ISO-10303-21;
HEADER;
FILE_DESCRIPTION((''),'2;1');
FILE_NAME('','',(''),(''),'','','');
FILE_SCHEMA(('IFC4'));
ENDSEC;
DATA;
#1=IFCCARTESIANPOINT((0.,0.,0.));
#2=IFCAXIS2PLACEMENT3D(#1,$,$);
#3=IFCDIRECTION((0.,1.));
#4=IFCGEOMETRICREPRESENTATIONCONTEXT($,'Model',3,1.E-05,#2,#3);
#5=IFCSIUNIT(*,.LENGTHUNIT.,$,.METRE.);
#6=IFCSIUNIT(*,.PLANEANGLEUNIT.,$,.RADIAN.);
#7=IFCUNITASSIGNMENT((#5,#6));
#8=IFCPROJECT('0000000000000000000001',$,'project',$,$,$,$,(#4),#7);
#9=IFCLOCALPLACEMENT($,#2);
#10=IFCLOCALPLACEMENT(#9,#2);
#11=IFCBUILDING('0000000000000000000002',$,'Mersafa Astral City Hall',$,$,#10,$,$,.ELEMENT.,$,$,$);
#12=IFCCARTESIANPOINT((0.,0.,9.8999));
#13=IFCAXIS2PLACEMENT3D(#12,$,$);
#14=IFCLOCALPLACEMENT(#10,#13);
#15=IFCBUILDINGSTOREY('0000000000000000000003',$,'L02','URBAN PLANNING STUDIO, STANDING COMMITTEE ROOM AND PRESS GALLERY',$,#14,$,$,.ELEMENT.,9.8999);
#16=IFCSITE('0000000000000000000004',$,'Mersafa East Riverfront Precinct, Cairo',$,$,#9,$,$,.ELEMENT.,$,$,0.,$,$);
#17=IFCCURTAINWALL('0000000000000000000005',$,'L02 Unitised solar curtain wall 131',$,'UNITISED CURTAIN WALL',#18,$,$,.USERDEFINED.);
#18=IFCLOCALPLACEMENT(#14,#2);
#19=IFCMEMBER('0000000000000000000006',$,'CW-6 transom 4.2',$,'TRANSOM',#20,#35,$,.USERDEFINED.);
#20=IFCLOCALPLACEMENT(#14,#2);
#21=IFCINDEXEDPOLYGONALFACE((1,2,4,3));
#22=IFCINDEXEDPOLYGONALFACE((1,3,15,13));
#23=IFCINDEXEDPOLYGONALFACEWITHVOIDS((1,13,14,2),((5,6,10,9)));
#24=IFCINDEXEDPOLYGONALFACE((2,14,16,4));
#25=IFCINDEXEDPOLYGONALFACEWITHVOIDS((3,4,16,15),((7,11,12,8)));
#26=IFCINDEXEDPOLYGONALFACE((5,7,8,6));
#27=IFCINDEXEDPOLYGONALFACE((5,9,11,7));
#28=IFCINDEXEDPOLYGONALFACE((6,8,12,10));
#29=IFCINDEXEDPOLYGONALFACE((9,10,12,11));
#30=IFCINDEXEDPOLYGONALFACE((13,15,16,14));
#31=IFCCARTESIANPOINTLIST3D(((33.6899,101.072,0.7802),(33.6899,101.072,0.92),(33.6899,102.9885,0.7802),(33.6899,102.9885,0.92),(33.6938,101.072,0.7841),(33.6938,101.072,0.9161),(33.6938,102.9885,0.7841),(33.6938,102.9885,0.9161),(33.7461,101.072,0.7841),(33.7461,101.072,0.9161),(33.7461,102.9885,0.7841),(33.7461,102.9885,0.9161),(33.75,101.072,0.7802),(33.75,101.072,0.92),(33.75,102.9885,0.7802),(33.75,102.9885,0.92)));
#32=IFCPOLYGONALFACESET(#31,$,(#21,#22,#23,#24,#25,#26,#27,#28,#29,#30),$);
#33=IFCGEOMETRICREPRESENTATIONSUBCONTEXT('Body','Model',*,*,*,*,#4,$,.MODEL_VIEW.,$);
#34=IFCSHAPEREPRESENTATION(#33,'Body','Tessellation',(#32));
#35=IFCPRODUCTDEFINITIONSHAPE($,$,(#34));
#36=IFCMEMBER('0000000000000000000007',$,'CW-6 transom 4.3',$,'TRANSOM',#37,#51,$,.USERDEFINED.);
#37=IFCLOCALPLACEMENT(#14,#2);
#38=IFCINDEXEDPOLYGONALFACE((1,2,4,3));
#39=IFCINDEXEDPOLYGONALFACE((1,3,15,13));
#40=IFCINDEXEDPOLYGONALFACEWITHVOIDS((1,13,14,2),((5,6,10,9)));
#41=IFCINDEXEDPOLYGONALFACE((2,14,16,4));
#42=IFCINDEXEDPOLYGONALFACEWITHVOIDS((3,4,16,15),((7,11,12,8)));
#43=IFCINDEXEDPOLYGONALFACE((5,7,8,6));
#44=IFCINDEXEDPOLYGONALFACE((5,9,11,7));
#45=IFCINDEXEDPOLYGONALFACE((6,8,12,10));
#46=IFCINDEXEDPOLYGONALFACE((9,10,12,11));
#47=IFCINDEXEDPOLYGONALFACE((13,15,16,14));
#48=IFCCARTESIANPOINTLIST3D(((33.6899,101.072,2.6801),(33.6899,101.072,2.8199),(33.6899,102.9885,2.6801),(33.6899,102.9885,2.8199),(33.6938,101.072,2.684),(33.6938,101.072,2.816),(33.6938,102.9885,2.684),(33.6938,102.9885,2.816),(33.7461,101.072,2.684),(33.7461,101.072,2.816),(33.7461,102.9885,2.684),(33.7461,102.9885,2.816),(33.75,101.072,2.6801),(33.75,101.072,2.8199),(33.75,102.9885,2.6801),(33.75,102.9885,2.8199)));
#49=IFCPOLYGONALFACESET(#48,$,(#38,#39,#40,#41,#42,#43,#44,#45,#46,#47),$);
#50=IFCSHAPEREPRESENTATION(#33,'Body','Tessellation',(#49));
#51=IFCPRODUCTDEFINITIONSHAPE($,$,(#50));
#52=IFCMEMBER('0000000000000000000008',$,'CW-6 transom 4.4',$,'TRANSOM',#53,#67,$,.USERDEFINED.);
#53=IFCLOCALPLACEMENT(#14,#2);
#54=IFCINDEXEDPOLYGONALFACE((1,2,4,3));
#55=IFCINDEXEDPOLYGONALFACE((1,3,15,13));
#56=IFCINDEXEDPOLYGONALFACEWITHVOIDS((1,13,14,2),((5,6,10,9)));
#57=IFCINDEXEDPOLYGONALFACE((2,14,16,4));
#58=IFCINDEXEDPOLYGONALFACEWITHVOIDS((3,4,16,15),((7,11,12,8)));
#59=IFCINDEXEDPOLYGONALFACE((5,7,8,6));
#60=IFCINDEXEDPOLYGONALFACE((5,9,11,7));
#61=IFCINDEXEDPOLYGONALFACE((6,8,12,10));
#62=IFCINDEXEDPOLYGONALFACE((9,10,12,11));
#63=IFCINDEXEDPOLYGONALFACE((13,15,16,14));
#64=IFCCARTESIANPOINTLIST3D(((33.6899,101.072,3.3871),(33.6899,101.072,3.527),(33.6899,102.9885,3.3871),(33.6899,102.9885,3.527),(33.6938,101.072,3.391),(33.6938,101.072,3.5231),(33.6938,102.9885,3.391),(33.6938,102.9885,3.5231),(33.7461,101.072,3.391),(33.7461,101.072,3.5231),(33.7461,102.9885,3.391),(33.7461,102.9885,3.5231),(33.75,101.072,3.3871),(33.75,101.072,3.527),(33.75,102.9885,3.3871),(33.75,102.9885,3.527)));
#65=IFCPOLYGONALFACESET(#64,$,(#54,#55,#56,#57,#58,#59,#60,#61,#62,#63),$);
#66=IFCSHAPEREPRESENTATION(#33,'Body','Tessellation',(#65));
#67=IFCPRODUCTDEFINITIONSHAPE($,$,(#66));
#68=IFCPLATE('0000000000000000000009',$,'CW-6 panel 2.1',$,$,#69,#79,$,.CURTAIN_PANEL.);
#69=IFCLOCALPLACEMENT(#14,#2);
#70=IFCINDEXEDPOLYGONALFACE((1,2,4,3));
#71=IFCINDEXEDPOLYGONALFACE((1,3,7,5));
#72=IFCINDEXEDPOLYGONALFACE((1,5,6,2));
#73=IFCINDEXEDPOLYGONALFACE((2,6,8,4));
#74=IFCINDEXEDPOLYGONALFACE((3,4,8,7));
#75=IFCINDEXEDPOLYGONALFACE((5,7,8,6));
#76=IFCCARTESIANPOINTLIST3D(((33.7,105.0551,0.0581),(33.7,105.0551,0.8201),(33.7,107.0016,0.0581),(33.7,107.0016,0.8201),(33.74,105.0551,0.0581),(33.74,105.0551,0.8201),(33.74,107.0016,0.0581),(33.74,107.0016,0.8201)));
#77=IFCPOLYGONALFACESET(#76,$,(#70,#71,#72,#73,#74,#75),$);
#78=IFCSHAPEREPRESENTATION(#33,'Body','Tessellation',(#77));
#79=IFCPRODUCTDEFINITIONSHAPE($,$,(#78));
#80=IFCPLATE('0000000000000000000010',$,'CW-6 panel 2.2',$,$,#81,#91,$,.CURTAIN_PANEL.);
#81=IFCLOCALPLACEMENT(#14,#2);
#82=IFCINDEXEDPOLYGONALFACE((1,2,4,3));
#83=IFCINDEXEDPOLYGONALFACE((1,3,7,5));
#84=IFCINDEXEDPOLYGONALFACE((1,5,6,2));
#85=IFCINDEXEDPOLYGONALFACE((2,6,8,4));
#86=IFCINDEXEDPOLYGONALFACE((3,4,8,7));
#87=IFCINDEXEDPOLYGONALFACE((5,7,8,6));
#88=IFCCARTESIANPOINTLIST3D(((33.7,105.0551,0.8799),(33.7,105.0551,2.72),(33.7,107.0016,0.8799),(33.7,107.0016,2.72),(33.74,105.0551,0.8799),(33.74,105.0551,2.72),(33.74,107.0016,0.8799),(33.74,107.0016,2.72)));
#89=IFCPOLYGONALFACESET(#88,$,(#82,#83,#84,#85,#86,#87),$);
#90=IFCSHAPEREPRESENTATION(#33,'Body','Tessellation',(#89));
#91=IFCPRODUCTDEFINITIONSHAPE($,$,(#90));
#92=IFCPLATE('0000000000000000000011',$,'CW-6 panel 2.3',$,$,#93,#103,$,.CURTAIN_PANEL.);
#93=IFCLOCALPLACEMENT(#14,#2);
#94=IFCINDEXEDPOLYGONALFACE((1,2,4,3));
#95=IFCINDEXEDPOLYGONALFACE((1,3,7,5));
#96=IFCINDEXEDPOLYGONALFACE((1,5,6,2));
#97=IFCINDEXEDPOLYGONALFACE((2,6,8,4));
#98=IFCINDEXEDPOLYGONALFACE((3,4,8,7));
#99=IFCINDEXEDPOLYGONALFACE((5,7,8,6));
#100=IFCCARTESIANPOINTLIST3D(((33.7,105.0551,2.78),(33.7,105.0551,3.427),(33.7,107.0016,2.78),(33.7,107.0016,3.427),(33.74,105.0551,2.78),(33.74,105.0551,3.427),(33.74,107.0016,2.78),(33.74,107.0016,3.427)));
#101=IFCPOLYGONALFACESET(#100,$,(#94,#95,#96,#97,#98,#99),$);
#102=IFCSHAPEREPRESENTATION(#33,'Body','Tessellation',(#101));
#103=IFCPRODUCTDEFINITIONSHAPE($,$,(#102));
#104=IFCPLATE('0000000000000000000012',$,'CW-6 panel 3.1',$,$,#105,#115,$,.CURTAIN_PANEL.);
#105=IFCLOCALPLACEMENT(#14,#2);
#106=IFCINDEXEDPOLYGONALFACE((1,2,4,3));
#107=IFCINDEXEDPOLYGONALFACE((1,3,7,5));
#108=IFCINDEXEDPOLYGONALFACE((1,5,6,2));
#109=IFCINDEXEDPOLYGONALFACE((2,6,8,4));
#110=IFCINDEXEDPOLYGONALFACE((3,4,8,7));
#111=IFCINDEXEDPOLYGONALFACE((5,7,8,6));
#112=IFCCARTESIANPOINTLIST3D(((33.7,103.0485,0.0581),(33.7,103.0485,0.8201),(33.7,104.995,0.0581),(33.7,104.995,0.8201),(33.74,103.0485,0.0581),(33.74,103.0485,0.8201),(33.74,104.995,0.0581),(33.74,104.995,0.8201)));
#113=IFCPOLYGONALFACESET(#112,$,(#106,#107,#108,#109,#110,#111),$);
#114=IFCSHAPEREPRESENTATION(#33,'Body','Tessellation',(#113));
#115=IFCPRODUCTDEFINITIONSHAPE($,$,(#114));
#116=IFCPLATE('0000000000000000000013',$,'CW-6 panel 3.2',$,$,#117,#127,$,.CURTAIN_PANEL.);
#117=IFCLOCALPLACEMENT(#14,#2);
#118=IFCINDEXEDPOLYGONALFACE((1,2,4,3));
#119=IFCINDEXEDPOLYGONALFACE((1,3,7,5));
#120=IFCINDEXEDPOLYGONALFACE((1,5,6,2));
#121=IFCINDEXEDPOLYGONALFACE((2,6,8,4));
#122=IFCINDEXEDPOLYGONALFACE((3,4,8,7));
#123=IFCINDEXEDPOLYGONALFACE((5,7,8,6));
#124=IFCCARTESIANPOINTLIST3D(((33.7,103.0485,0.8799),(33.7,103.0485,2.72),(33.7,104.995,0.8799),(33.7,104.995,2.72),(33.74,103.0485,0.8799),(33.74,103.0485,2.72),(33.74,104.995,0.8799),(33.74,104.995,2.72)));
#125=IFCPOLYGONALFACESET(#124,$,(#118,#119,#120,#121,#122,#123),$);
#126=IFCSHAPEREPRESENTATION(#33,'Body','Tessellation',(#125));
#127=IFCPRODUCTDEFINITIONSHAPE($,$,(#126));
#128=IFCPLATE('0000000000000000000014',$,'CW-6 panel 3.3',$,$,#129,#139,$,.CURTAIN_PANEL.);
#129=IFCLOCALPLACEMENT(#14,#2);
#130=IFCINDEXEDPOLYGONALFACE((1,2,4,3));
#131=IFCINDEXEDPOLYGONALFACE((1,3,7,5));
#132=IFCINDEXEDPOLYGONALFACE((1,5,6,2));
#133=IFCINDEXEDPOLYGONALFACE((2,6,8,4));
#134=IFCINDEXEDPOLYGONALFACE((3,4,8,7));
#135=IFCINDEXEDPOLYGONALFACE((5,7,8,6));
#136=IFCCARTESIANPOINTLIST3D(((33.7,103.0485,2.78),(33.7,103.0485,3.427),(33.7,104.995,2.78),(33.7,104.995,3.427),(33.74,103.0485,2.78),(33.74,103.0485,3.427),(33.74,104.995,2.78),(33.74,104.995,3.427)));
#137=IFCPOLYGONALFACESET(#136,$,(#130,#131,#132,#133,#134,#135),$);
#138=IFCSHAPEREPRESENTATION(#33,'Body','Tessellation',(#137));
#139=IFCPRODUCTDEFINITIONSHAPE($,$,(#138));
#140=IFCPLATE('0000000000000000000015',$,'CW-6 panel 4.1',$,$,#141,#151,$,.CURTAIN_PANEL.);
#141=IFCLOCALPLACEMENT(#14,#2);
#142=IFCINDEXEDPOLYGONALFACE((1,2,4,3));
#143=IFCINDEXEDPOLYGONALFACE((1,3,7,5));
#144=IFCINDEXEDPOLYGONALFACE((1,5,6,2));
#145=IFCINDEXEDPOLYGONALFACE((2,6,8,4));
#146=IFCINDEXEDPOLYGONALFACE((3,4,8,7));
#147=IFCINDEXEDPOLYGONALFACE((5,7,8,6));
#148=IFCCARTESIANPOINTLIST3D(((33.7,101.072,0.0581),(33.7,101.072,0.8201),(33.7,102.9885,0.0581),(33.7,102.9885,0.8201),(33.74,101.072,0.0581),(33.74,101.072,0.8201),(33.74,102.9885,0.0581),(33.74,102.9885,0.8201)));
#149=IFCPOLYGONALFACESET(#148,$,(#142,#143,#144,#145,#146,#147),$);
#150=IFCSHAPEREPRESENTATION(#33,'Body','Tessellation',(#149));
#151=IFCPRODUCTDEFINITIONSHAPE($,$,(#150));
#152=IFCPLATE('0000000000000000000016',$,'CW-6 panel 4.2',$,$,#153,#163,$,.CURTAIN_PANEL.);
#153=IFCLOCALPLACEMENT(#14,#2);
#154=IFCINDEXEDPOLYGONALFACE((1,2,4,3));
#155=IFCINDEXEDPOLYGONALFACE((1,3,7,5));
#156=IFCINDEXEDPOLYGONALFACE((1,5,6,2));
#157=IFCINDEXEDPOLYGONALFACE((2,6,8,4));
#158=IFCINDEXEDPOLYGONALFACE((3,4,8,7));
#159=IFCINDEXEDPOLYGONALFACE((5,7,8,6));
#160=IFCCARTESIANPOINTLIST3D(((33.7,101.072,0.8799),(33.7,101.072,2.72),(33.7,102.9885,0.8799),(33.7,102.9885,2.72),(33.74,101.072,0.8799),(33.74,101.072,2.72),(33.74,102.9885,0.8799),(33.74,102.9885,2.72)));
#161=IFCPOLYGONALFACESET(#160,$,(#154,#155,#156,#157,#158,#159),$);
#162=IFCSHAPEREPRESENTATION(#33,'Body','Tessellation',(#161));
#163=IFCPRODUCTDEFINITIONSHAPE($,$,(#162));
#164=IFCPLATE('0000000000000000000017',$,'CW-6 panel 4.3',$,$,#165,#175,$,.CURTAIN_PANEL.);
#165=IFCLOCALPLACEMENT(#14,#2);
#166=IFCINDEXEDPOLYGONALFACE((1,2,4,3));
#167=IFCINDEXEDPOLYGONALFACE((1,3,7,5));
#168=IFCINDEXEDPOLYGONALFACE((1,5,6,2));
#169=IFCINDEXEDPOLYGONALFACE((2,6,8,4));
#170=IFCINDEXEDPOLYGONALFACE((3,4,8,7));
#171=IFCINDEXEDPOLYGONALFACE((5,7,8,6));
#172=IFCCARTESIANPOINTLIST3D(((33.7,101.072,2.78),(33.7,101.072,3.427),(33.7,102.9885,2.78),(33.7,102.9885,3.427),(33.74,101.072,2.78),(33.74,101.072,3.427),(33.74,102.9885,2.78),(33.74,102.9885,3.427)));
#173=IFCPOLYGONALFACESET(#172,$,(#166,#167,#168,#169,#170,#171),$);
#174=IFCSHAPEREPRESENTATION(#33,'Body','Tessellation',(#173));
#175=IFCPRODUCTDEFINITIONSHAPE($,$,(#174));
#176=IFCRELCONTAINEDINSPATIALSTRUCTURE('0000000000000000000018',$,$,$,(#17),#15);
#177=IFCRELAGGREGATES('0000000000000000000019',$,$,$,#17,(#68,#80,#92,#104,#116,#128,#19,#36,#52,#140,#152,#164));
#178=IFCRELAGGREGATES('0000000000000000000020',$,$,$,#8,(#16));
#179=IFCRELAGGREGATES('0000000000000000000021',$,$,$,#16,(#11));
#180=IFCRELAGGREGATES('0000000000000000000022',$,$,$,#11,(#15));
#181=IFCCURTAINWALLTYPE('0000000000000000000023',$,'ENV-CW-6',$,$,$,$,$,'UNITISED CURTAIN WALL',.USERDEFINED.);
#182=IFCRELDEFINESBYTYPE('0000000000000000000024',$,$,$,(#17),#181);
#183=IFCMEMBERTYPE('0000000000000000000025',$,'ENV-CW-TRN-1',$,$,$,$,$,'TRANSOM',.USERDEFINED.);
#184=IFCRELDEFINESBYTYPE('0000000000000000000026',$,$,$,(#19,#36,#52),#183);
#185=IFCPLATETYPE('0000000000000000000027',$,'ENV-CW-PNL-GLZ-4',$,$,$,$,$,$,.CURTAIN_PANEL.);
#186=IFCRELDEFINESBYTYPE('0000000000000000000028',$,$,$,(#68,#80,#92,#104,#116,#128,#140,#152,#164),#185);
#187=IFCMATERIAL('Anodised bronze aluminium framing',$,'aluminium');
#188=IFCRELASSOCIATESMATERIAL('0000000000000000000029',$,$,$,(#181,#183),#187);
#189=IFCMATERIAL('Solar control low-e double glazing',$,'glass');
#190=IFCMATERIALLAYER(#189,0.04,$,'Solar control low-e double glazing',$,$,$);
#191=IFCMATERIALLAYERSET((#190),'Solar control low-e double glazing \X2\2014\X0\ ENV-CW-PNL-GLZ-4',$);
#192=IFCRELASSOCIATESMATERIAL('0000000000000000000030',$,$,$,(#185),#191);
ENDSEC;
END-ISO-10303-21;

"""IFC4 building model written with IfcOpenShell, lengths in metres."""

from ifc_helpers import new_model, si_unit, direction, frame, origin, origin_2d, place, context, subcontext, project, spatial, rectangle, hollow_rectangle, extrude, material, layer, layer_set, material_profile, profile_set, type_object, element, aggregate, save


model = new_model("IFC4")

# Units and contexts
model_context = context("Model", 3, precision=1e-05, world=origin(), true_north=direction((0.0, 1.0)))
body_context = subcontext(model_context, "Body", "Model", "MODEL_VIEW")
ifc_project = project(units=[si_unit("LENGTHUNIT", "METRE"), si_unit("PLANEANGLEUNIT", "RADIAN")], contexts=[model_context])

# Site, building, storey
site_placement = place(None, origin())
site = spatial("IfcSite", under=ifc_project, at=site_placement, Name="Mersafa East Riverfront Precinct, Cairo", CompositionType="ELEMENT", RefElevation=0.0)
building_placement = place(site_placement, origin())
building = spatial("IfcBuilding", under=site, at=building_placement, Name="Mersafa Astral City Hall", CompositionType="ELEMENT")
storey_placement = place(building_placement, frame((0.0, 0.0, 9.8999)))
storey = spatial("IfcBuildingStorey", under=building, at=storey_placement, Name="L02", Description="URBAN PLANNING STUDIO, STANDING COMMITTEE ROOM AND PRESS GALLERY", CompositionType="ELEMENT", Elevation=9.8999)

# Curtain wall, members, plates
ifc_material_1 = material(Name="Anodised bronze aluminium framing", Category="aluminium")
curtain_wall_type = type_object("IfcCurtainWallType", Name="ENV-CW-6", ElementType="UNITISED CURTAIN WALL", PredefinedType="USERDEFINED", material=ifc_material_1)
curtain_wall_placement = place(storey_placement, origin())
curtain_wall = element("IfcCurtainWall", 1, at=curtain_wall_placement, inside=storey, type_object=curtain_wall_type, Name="L02 Unitised solar curtain wall 131", ObjectType="UNITISED CURTAIN WALL", PredefinedType="USERDEFINED")
ifc_material_profile_1 = material_profile(ifc_material_1, hollow_rectangle(XDim=0.0601, YDim=0.1399, WallThickness=0.0039, at=origin_2d()), Name="RHS 60x140x4")
ifc_profile_set_1 = profile_set([ifc_material_profile_1], Name="Anodised bronze aluminium framing")
member_type_1 = type_object("IfcMemberType", Name="ENV-CW-TRN-1", ElementType="TRANSOM", PredefinedType="USERDEFINED", material=ifc_profile_set_1)
member_1_placement = place(storey_placement, frame((33.72, 102.9885, 0.8501), z_axis=(0.0, -1.0, 0.0), x_axis=(1.0, 0.0, 0.0)))
member_1 = element("IfcMember", 2, at=member_1_placement, type_object=member_type_1, Name="CW-6 transom 4.2", ObjectType="TRANSOM", PredefinedType="USERDEFINED", context=body_context, shape_type="SweptSolid", body=[
    extrude(hollow_rectangle(XDim=0.0601, YDim=0.1399, WallThickness=0.0039, at=origin_2d()), origin(), (0.0, 0.0, 1.0), 1.9165),
])
member_2_placement = place(storey_placement, frame((33.72, 102.9885, 2.75), z_axis=(0.0, -1.0, 0.0), x_axis=(1.0, 0.0, 0.0)))
member_2 = element("IfcMember", 3, at=member_2_placement, type_object=member_type_1, Name="CW-6 transom 4.3", ObjectType="TRANSOM", PredefinedType="USERDEFINED", context=body_context, shape_type="SweptSolid", body=[
    extrude(hollow_rectangle(XDim=0.0601, YDim=0.1399, WallThickness=0.0039, at=origin_2d()), origin(), (0.0, 0.0, 1.0), 1.9165),
])
member_3_placement = place(storey_placement, frame((33.72, 102.9885, 3.457), z_axis=(0.0, -1.0, 0.0), x_axis=(1.0, 0.0, 0.0)))
member_3 = element("IfcMember", 4, at=member_3_placement, type_object=member_type_1, Name="CW-6 transom 4.4", ObjectType="TRANSOM", PredefinedType="USERDEFINED", context=body_context, shape_type="SweptSolid", body=[
    extrude(hollow_rectangle(XDim=0.0601, YDim=0.1399, WallThickness=0.0039, at=origin_2d()), origin(), (0.0, 0.0, 1.0), 1.9165),
])
ifc_material_2 = material(Name="Solar control low-e double glazing", Category="glass")
ifc_layer = layer(ifc_material_2, 0.04, Name="Solar control low-e double glazing")
ifc_layer_set = layer_set([ifc_layer], Name="Solar control low-e double glazing — ENV-CW-PNL-GLZ-4")
plate_type = type_object("IfcPlateType", Name="ENV-CW-PNL-GLZ-4", PredefinedType="CURTAIN_PANEL", material=ifc_layer_set)
plate_1_placement = place(storey_placement, frame((33.72, 106.0283, 0.0581), z_axis=(0.0, 0.0, 1.0), x_axis=(0.0, -1.0, 0.0)))
plate_1 = element("IfcPlate", 5, at=plate_1_placement, type_object=plate_type, Name="CW-6 panel 2.1", PredefinedType="CURTAIN_PANEL", context=body_context, shape_type="SweptSolid", body=[
    extrude(rectangle(XDim=1.9465, YDim=0.04, at=origin_2d()), origin(), (0.0, 0.0, 1.0), 0.762),
])
plate_2_placement = place(storey_placement, frame((33.72, 106.0283, 0.8799), z_axis=(0.0, 0.0, 1.0), x_axis=(0.0, -1.0, 0.0)))
plate_2 = element("IfcPlate", 6, at=plate_2_placement, type_object=plate_type, Name="CW-6 panel 2.2", PredefinedType="CURTAIN_PANEL", context=body_context, shape_type="SweptSolid", body=[
    extrude(rectangle(XDim=1.9465, YDim=0.04, at=origin_2d()), origin(), (0.0, 0.0, 1.0), 1.8401),
])
plate_3_placement = place(storey_placement, frame((33.72, 106.0283, 2.78), z_axis=(0.0, 0.0, 1.0), x_axis=(0.0, -1.0, 0.0)))
plate_3 = element("IfcPlate", 7, at=plate_3_placement, type_object=plate_type, Name="CW-6 panel 2.3", PredefinedType="CURTAIN_PANEL", context=body_context, shape_type="SweptSolid", body=[
    extrude(rectangle(XDim=1.9465, YDim=0.04, at=origin_2d()), origin(), (0.0, 0.0, 1.0), 0.647),
])
plate_4_placement = place(storey_placement, frame((33.72, 104.0217, 0.0581), z_axis=(0.0, 0.0, 1.0), x_axis=(0.0, -1.0, 0.0)))
plate_4 = element("IfcPlate", 8, at=plate_4_placement, type_object=plate_type, Name="CW-6 panel 3.1", PredefinedType="CURTAIN_PANEL", context=body_context, shape_type="SweptSolid", body=[
    extrude(rectangle(XDim=1.9465, YDim=0.04, at=origin_2d()), origin(), (0.0, 0.0, 1.0), 0.762),
])
plate_5_placement = place(storey_placement, frame((33.72, 104.0217, 0.8799), z_axis=(0.0, 0.0, 1.0), x_axis=(0.0, -1.0, 0.0)))
plate_5 = element("IfcPlate", 9, at=plate_5_placement, type_object=plate_type, Name="CW-6 panel 3.2", PredefinedType="CURTAIN_PANEL", context=body_context, shape_type="SweptSolid", body=[
    extrude(rectangle(XDim=1.9465, YDim=0.04, at=origin_2d()), origin(), (0.0, 0.0, 1.0), 1.8401),
])
plate_6_placement = place(storey_placement, frame((33.72, 104.0217, 2.78), z_axis=(0.0, 0.0, 1.0), x_axis=(0.0, -1.0, 0.0)))
plate_6 = element("IfcPlate", 10, at=plate_6_placement, type_object=plate_type, Name="CW-6 panel 3.3", PredefinedType="CURTAIN_PANEL", context=body_context, shape_type="SweptSolid", body=[
    extrude(rectangle(XDim=1.9465, YDim=0.04, at=origin_2d()), origin(), (0.0, 0.0, 1.0), 0.647),
])
plate_7_placement = place(storey_placement, frame((33.72, 102.0303, 0.0581), z_axis=(0.0, 0.0, 1.0), x_axis=(0.0, -1.0, 0.0)))
plate_7 = element("IfcPlate", 11, at=plate_7_placement, type_object=plate_type, Name="CW-6 panel 4.1", PredefinedType="CURTAIN_PANEL", context=body_context, shape_type="SweptSolid", body=[
    extrude(rectangle(XDim=1.9165, YDim=0.04, at=origin_2d()), origin(), (0.0, 0.0, 1.0), 0.762),
])
plate_8_placement = place(storey_placement, frame((33.72, 102.0303, 0.8799), z_axis=(0.0, 0.0, 1.0), x_axis=(0.0, -1.0, 0.0)))
plate_8 = element("IfcPlate", 12, at=plate_8_placement, type_object=plate_type, Name="CW-6 panel 4.2", PredefinedType="CURTAIN_PANEL", context=body_context, shape_type="SweptSolid", body=[
    extrude(rectangle(XDim=1.9165, YDim=0.04, at=origin_2d()), origin(), (0.0, 0.0, 1.0), 1.8401),
])
plate_9_placement = place(storey_placement, frame((33.72, 102.0303, 2.78), z_axis=(0.0, 0.0, 1.0), x_axis=(0.0, -1.0, 0.0)))
plate_9 = element("IfcPlate", 13, at=plate_9_placement, type_object=plate_type, Name="CW-6 panel 4.3", PredefinedType="CURTAIN_PANEL", context=body_context, shape_type="SweptSolid", body=[
    extrude(rectangle(XDim=1.9165, YDim=0.04, at=origin_2d()), origin(), (0.0, 0.0, 1.0), 0.647),
])
aggregate(curtain_wall, [plate_1, plate_2, plate_3, plate_4, plate_5, plate_6, member_1, member_2, member_3, plate_7, plate_8, plate_9])

save(model, "model.ifc")
